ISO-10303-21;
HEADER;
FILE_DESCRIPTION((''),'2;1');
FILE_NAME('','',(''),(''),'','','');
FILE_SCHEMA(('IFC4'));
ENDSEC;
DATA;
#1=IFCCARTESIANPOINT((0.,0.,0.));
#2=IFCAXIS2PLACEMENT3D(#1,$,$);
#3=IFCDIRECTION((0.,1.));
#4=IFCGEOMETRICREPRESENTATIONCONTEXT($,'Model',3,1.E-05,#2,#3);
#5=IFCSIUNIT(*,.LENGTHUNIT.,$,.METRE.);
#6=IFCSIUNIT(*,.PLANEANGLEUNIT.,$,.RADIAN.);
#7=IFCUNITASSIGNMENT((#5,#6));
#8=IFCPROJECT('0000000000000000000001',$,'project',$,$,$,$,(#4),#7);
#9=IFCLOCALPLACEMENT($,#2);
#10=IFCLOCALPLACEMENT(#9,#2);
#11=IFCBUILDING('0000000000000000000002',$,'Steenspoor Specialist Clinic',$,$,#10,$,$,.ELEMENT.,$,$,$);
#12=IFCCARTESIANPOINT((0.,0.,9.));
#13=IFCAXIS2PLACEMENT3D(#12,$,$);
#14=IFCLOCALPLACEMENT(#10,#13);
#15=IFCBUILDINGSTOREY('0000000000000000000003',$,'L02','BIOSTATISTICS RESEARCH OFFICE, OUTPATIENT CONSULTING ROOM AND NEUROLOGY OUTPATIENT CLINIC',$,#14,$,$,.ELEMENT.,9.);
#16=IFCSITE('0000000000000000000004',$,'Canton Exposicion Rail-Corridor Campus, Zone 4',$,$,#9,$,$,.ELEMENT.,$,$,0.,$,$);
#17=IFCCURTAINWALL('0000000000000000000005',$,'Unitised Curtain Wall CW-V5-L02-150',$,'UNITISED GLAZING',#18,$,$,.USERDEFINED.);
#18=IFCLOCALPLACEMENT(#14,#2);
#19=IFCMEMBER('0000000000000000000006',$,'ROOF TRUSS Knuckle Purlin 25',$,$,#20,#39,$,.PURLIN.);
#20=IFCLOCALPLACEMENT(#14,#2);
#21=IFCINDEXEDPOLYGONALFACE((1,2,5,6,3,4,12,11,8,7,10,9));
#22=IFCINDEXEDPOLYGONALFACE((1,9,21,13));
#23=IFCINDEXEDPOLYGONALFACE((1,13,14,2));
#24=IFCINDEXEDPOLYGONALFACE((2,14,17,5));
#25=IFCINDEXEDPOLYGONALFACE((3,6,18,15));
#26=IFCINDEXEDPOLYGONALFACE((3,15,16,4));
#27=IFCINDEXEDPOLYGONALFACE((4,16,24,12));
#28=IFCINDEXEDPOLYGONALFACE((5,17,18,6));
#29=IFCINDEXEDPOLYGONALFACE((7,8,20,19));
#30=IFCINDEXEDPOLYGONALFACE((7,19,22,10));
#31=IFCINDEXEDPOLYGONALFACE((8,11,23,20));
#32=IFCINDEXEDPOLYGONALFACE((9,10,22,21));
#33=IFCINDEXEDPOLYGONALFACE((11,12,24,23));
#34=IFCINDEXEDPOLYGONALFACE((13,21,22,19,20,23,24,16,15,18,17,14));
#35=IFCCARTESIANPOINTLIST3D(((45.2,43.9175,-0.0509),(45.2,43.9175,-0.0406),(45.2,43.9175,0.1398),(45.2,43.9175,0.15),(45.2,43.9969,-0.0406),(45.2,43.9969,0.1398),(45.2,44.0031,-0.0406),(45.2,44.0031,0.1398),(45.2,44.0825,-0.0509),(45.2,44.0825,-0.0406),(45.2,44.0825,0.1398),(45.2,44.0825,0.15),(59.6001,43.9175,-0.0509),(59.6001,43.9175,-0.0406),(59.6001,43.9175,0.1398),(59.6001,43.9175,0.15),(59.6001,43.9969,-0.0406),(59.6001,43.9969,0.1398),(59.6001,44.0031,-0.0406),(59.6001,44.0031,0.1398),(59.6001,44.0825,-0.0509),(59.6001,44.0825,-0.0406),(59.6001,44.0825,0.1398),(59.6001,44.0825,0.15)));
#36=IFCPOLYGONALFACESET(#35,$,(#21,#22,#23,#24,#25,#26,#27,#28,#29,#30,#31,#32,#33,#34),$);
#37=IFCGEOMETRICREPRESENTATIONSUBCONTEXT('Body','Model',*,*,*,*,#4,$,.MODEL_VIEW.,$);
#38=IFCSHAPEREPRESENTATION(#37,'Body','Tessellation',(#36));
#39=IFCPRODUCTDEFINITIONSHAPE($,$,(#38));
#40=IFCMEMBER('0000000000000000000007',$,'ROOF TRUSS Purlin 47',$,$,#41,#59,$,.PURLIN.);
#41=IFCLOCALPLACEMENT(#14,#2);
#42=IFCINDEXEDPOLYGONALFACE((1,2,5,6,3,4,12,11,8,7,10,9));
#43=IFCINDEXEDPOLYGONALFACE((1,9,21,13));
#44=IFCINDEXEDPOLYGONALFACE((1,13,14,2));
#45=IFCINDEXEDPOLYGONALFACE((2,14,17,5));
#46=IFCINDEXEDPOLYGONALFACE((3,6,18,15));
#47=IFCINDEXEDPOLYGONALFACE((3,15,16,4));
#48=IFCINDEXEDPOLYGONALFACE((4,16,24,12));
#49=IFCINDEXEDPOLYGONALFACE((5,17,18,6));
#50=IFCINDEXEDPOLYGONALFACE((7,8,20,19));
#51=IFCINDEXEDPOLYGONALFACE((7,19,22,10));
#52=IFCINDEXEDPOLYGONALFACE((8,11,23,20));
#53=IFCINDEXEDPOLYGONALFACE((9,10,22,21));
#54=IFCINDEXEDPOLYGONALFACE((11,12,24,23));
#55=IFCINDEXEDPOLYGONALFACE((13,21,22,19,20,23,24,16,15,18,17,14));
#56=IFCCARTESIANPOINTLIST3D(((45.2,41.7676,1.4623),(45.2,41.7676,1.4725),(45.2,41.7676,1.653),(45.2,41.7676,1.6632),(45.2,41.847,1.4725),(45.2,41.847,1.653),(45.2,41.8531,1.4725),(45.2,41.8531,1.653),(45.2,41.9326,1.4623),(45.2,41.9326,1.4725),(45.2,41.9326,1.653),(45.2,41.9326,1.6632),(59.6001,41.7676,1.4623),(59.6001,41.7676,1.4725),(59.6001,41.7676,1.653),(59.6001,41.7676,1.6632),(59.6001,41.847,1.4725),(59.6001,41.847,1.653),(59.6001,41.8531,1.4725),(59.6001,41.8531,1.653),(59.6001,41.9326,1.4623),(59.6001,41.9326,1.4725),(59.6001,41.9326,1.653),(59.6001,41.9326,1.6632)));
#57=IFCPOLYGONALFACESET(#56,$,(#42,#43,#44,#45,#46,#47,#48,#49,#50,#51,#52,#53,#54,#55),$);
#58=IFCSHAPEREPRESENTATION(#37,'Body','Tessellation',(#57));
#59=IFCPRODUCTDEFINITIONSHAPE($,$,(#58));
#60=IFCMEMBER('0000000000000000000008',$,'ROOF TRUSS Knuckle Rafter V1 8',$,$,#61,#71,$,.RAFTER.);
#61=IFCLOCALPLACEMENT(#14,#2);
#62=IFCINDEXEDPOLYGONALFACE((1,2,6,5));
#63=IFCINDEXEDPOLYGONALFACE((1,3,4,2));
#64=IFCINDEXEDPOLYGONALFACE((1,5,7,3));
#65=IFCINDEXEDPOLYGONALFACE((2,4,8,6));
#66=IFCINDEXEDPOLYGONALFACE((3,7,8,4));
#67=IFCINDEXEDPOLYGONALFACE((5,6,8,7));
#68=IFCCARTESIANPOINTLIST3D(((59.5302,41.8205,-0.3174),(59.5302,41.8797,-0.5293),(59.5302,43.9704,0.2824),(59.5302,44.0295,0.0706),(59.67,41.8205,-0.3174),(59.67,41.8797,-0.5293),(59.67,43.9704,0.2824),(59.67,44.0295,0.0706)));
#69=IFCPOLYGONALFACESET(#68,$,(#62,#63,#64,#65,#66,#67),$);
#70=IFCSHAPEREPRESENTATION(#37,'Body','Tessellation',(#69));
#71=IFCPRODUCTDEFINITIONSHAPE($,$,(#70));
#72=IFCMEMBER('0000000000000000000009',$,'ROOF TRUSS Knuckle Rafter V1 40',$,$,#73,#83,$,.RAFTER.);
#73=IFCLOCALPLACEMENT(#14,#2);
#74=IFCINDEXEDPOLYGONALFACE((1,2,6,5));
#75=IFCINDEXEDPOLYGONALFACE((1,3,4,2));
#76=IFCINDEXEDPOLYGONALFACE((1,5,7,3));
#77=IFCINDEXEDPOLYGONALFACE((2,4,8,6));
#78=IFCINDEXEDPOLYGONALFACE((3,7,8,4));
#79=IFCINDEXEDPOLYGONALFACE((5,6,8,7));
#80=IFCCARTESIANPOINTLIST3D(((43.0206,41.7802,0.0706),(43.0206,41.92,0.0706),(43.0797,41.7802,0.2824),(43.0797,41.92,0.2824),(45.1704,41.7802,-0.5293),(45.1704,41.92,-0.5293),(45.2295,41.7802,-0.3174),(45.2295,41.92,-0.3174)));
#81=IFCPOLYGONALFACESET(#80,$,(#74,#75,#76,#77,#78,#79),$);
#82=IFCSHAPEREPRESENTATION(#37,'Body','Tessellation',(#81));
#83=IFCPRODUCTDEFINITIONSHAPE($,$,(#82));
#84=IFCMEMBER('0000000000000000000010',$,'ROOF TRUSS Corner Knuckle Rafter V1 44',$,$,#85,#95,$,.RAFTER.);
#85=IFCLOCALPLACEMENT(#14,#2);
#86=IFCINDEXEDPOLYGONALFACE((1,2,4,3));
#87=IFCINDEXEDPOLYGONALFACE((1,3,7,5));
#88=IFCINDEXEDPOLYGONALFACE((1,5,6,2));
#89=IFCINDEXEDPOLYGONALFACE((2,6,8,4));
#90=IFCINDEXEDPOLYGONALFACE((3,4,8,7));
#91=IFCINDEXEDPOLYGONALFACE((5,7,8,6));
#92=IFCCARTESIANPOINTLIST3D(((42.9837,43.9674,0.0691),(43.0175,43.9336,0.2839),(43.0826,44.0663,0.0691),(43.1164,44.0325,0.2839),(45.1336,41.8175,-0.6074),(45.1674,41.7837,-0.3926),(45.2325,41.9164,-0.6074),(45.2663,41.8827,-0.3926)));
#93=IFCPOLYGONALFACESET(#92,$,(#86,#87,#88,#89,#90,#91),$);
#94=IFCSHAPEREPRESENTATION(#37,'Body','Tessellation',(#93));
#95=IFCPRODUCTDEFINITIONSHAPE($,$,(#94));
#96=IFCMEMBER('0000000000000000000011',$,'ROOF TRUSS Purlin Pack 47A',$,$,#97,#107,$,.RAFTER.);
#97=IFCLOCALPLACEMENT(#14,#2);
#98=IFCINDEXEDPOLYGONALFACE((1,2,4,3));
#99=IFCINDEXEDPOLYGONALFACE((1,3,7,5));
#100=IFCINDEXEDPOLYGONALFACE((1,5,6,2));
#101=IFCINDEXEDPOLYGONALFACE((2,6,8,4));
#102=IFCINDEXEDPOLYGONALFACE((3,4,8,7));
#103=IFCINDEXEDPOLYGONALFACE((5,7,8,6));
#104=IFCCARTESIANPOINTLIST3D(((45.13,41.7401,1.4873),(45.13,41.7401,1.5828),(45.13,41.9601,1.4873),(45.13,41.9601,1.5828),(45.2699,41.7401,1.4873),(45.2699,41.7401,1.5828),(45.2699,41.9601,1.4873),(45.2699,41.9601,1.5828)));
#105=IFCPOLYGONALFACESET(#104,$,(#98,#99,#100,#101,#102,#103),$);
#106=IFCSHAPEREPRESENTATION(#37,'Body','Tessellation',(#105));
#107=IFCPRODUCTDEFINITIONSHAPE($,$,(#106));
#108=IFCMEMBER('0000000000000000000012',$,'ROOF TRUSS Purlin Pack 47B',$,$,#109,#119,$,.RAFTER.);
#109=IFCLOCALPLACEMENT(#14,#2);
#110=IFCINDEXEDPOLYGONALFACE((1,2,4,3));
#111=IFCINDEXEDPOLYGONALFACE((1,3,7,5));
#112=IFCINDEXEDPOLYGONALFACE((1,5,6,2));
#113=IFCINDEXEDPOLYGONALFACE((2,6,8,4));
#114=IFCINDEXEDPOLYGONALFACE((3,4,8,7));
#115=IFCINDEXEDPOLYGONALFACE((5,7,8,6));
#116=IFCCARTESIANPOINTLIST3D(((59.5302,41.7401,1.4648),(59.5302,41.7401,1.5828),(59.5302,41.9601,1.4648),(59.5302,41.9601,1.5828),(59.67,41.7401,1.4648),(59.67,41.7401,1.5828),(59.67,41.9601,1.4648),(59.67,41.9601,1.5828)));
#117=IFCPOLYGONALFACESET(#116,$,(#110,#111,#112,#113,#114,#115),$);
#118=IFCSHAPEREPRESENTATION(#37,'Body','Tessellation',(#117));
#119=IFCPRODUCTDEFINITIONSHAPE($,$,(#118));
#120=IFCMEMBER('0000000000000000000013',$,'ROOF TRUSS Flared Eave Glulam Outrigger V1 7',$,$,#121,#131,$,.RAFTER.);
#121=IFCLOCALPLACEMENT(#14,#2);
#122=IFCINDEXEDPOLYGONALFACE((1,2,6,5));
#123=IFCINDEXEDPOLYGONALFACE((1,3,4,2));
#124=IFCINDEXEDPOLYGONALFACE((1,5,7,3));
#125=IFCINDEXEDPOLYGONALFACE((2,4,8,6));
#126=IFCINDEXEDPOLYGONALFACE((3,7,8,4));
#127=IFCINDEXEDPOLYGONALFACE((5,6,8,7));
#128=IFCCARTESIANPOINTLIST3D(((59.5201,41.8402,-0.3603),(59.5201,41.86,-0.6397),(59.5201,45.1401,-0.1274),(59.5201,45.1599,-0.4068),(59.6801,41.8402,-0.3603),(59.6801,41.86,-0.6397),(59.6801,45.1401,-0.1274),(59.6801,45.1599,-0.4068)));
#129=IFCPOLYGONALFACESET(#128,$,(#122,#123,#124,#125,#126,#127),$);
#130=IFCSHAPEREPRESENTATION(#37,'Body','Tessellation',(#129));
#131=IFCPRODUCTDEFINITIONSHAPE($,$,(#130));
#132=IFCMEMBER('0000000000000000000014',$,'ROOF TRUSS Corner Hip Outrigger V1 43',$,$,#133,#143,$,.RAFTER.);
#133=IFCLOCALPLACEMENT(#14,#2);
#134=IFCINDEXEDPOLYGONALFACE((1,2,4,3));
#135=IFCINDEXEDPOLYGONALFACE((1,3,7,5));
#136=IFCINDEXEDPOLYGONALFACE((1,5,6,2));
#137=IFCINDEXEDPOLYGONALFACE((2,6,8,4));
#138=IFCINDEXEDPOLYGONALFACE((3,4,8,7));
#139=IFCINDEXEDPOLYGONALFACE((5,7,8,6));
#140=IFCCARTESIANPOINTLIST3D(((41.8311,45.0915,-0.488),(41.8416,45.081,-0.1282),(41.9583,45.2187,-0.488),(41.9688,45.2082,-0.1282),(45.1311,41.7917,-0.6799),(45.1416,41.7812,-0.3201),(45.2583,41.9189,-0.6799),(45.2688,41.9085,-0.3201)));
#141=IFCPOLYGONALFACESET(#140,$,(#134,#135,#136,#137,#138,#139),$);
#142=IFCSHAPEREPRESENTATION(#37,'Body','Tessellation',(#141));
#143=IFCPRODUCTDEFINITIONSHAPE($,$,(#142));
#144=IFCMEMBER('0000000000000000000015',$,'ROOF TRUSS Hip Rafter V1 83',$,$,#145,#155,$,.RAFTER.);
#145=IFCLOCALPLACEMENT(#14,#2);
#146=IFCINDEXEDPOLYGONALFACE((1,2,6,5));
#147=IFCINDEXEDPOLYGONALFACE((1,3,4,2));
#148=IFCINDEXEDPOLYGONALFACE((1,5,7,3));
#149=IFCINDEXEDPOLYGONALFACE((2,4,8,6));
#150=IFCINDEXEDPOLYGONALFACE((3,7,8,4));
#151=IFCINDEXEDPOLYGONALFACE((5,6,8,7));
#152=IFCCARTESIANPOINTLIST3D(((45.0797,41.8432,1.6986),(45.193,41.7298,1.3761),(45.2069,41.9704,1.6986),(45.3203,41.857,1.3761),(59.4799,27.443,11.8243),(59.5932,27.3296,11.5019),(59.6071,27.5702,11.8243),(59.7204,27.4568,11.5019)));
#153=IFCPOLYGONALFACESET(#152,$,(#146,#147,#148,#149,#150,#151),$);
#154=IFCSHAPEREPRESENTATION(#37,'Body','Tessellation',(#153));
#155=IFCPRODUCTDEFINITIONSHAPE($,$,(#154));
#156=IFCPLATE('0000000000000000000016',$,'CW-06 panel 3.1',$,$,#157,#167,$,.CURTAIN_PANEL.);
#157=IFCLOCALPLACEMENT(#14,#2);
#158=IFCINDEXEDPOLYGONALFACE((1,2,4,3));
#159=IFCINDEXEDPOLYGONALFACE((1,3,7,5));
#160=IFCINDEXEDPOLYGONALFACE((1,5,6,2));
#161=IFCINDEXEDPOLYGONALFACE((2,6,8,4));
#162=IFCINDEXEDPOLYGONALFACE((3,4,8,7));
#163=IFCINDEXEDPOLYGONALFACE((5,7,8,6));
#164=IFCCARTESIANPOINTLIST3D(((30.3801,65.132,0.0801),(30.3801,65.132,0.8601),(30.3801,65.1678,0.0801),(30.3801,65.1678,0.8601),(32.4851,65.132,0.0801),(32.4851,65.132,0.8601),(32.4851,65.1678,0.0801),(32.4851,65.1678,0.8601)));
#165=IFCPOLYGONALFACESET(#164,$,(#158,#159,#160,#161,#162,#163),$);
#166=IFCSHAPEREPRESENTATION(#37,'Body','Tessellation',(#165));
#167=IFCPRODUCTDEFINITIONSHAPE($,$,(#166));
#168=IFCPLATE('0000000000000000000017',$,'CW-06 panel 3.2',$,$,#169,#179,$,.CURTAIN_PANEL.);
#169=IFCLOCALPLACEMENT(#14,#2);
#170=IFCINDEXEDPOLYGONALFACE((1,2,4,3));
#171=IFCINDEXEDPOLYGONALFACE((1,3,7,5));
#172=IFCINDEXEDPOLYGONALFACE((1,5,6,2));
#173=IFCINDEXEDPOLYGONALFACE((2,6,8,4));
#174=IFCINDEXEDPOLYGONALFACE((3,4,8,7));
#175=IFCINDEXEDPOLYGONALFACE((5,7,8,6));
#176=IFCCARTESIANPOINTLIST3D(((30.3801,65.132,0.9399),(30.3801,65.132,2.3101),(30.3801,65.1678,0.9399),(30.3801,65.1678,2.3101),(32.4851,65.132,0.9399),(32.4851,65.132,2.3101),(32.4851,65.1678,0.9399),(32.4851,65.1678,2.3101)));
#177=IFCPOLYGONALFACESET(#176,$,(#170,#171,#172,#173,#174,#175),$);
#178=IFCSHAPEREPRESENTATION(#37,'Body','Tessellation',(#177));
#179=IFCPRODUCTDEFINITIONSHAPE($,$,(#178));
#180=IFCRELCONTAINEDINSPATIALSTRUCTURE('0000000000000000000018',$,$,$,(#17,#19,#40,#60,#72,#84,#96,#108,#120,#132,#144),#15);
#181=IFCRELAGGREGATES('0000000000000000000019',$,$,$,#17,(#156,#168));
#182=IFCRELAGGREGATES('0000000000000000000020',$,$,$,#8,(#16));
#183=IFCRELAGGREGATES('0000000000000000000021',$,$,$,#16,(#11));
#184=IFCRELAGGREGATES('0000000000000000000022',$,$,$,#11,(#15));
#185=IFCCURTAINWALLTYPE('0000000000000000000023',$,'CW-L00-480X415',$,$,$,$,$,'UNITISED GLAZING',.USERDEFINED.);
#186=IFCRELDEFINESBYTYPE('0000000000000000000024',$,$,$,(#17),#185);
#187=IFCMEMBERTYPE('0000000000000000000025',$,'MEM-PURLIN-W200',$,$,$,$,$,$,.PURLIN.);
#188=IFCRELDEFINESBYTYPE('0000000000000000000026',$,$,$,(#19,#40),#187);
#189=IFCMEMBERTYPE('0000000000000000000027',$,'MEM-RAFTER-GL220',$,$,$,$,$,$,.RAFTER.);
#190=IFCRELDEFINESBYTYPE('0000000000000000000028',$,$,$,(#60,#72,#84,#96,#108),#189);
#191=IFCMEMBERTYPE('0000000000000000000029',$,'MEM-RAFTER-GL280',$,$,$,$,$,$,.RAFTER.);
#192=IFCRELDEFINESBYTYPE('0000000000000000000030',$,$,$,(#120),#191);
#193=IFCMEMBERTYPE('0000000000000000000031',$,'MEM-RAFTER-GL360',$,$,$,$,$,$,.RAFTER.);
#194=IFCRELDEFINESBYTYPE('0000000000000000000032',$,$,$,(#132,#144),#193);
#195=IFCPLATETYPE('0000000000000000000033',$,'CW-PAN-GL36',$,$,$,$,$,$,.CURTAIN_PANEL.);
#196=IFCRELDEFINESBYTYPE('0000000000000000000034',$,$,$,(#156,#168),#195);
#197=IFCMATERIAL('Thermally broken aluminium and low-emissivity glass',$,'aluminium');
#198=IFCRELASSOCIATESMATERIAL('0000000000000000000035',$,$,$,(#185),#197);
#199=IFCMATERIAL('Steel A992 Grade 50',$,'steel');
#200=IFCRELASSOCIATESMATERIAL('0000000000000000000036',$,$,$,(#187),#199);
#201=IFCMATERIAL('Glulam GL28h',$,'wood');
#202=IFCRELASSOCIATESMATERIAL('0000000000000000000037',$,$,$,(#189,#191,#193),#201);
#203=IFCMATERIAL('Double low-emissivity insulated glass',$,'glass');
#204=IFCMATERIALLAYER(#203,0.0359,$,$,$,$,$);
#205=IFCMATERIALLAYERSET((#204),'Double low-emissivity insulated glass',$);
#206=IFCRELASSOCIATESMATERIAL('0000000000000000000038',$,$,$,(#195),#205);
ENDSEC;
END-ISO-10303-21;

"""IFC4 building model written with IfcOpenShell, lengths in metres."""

from ifc_helpers import new_model, si_unit, direction, frame, origin, origin_2d, place, context, subcontext, project, spatial, rectangle, i_section, extrude, material, layer, layer_set, material_profile, profile_set, type_object, element, aggregate, save


model = new_model("IFC4")

# Units and contexts
model_context = context("Model", 3, precision=1e-05, world=origin(), true_north=direction((0.0, 1.0)))
body_context = subcontext(model_context, "Body", "Model", "MODEL_VIEW")
ifc_project = project(units=[si_unit("LENGTHUNIT", "METRE"), si_unit("PLANEANGLEUNIT", "RADIAN")], contexts=[model_context])

# Site, building, storey
site_placement = place(None, origin())
site = spatial("IfcSite", under=ifc_project, at=site_placement, Name="Canton Exposicion Rail-Corridor Campus, Zone 4", CompositionType="ELEMENT", RefElevation=0.0)
building_placement = place(site_placement, origin())
building = spatial("IfcBuilding", under=site, at=building_placement, Name="Steenspoor Specialist Clinic", CompositionType="ELEMENT")
storey_placement = place(building_placement, frame((0.0, 0.0, 9.0)))
storey = spatial("IfcBuildingStorey", under=building, at=storey_placement, Name="L02", Description="BIOSTATISTICS RESEARCH OFFICE, OUTPATIENT CONSULTING ROOM AND NEUROLOGY OUTPATIENT CLINIC", CompositionType="ELEMENT", Elevation=9.0)

# Curtain wall
ifc_material_1 = material(Name="Thermally broken aluminium and low-emissivity glass", Category="aluminium")
curtain_wall_type = type_object("IfcCurtainWallType", Name="CW-L00-480X415", ElementType="UNITISED GLAZING", PredefinedType="USERDEFINED", material=ifc_material_1)
curtain_wall_placement = place(storey_placement, origin())
curtain_wall = element("IfcCurtainWall", 1, at=curtain_wall_placement, inside=storey, type_object=curtain_wall_type, Name="Unitised Curtain Wall CW-V5-L02-150", ObjectType="UNITISED GLAZING", PredefinedType="USERDEFINED")

# Members
ifc_material_2 = material(Name="Steel A992 Grade 50", Category="steel")
ifc_material_profile_1 = material_profile(ifc_material_2, i_section(OverallWidth=0.165, OverallDepth=0.2009, WebThickness=0.0061, FlangeThickness=0.0103, at=origin_2d()), Name="W200X36")
ifc_profile_set_1 = profile_set([ifc_material_profile_1], Name="Steel A992 Grade 50")
member_type_1 = type_object("IfcMemberType", Name="MEM-PURLIN-W200", PredefinedType="PURLIN", material=ifc_profile_set_1)
for number, where, z_axis, x_axis, name in (
    (2, (45.2, 44.0, 0.0496), (1.0, 0.0, 0.0), (0.0, 1.0, 0.0), "ROOF TRUSS Knuckle Purlin 25"),
    (3, (45.2, 41.8501, 1.5627), (1.0, 0.0, 0.0), (0.0, 1.0, 0.0), "ROOF TRUSS Purlin 47"),
):
    element("IfcMember", number, at=place(storey_placement, frame(where, z_axis=z_axis, x_axis=x_axis)), inside=storey, type_object=member_type_1, Name=name, PredefinedType="PURLIN", context=body_context, shape_type="SweptSolid", body=[
        extrude(i_section(OverallWidth=0.165, OverallDepth=0.2009, WebThickness=0.0061, FlangeThickness=0.0103, at=origin_2d()), origin(), (0.0, 0.0, 1.0), 14.4001),
    ])
ifc_material_3 = material(Name="Glulam GL28h", Category="wood")
ifc_material_profile_2 = material_profile(ifc_material_3, rectangle(XDim=0.1399, YDim=0.22, at=origin_2d()), Name="GL28H-140X220")
ifc_profile_set_2 = profile_set([ifc_material_profile_2], Name="Glulam GL28h")
member_type_2 = type_object("IfcMemberType", Name="MEM-RAFTER-GL220", PredefinedType="RAFTER", material=ifc_profile_set_2)
for number, where, z_axis, x_axis, name in (
    (4, (59.6001, 41.8501, -0.4233), (0.0, 0.96321, 0.268749), (-1.0, 0.0, 0.0), "ROOF TRUSS Knuckle Rafter V1 8"),
    (5, (45.2, 41.8501, -0.4233), (-0.96321, 0.0, 0.268749), (0.0, -1.0, 0.0), "ROOF TRUSS Knuckle Rafter V1 40"),
):
    element("IfcMember", number, at=place(storey_placement, frame(where, z_axis=z_axis, x_axis=x_axis)), inside=storey, type_object=member_type_2, Name=name, PredefinedType="RAFTER", context=body_context, shape_type="SweptSolid", body=[
        extrude(rectangle(XDim=0.1399, YDim=0.22, at=origin_2d()), origin(), (0.0, 0.0, 1.0), 2.2319),
    ])
member_1_placement = place(storey_placement, frame((45.2, 41.8501, -0.5), z_axis=(-0.690227, 0.690227, 0.217195), x_axis=(-0.707107, -0.707107, 0.0)))
element("IfcMember", 6, at=member_1_placement, inside=storey, type_object=member_type_2, Name="ROOF TRUSS Corner Knuckle Rafter V1 44", PredefinedType="RAFTER", context=body_context, shape_type="SweptSolid", body=[
    extrude(rectangle(XDim=0.1399, YDim=0.22, at=origin_2d()), origin(), (0.0, 0.0, 1.0), 3.1147),
])
member_2_placement = place(storey_placement, frame((45.2, 41.8501, 1.4873), z_axis=(0.0, 0.0, 1.0), x_axis=(1.0, 0.0, 0.0)))
element("IfcMember", 7, at=member_2_placement, inside=storey, type_object=member_type_2, Name="ROOF TRUSS Purlin Pack 47A", PredefinedType="RAFTER", context=body_context, shape_type="SweptSolid", body=[
    extrude(rectangle(XDim=0.1399, YDim=0.22, at=origin_2d()), origin(), (0.0, 0.0, 1.0), 0.0955),
])
member_3_placement = place(storey_placement, frame((59.6001, 41.8501, 1.4648), z_axis=(0.0, 0.0, 1.0), x_axis=(1.0, 0.0, 0.0)))
element("IfcMember", 8, at=member_3_placement, inside=storey, type_object=member_type_2, Name="ROOF TRUSS Purlin Pack 47B", PredefinedType="RAFTER", context=body_context, shape_type="SweptSolid", body=[
    extrude(rectangle(XDim=0.1399, YDim=0.22, at=origin_2d()), origin(), (0.0, 0.0, 1.0), 0.1179),
])
ifc_material_profile_3 = material_profile(ifc_material_3, rectangle(XDim=0.1599, YDim=0.28, at=origin_2d()), Name="GL28H-160X280")
ifc_profile_set_3 = profile_set([ifc_material_profile_3], Name="Glulam GL28h")
member_type_3 = type_object("IfcMemberType", Name="MEM-RAFTER-GL280", PredefinedType="RAFTER", material=ifc_profile_set_3)
member_4_placement = place(storey_placement, frame((59.6001, 41.8501, -0.5), z_axis=(0.0, 0.997518, 0.070408), x_axis=(-1.0, 0.0, 0.0)))
element("IfcMember", 9, at=member_4_placement, inside=storey, type_object=member_type_3, Name="ROOF TRUSS Flared Eave Glulam Outrigger V1 7", PredefinedType="RAFTER", context=body_context, shape_type="SweptSolid", body=[
    extrude(rectangle(XDim=0.1599, YDim=0.28, at=origin_2d()), origin(), (0.0, 0.0, 1.0), 3.3081),
])
ifc_material_profile_4 = material_profile(ifc_material_3, rectangle(XDim=0.1799, YDim=0.3601, at=origin_2d()), Name="GL28H-180X360")
ifc_profile_set_4 = profile_set([ifc_material_profile_4], Name="Glulam GL28h")
member_type_4 = type_object("IfcMemberType", Name="MEM-RAFTER-GL360", PredefinedType="RAFTER", material=ifc_profile_set_4)
member_5_placement = place(storey_placement, frame((45.2, 41.8501, -0.5), z_axis=(-0.706536, 0.706484, 0.041084), x_axis=(-0.707081, -0.707133, 0.0)))
element("IfcMember", 10, at=member_5_placement, inside=storey, type_object=member_type_4, Name="ROOF TRUSS Corner Hip Outrigger V1 43", PredefinedType="RAFTER", context=body_context, shape_type="SweptSolid", body=[
    extrude(rectangle(XDim=0.1799, YDim=0.3601, at=origin_2d()), origin(), (0.0, 0.0, 1.0), 4.6707),
])
member_6_placement = place(storey_placement, frame((45.2, 41.8501, 1.5374), z_axis=(0.633159, -0.633159, 0.445218), x_axis=(0.707107, 0.707107, 0.0)))
element("IfcMember", 11, at=member_6_placement, inside=storey, type_object=member_type_4, Name="ROOF TRUSS Hip Rafter V1 83", PredefinedType="RAFTER", context=body_context, shape_type="SweptSolid", body=[
    extrude(rectangle(XDim=0.1799, YDim=0.3601, at=origin_2d()), origin(), (0.0, 0.0, 1.0), 22.7434),
])

# Plates
ifc_material_4 = material(Name="Double low-emissivity insulated glass", Category="glass")
ifc_layer_1 = layer(ifc_material_4, 0.0359)
ifc_layer_set_1 = layer_set([ifc_layer_1], Name="Double low-emissivity insulated glass")
plate_type = type_object("IfcPlateType", Name="CW-PAN-GL36", PredefinedType="CURTAIN_PANEL", material=ifc_layer_set_1)
plate_1_placement = place(storey_placement, frame((31.4326, 65.1499, 0.0801), z_axis=(0.0, 0.0, 1.0), x_axis=(-1.0, 0.0, 0.0)))
plate_1 = element("IfcPlate", 12, at=plate_1_placement, type_object=plate_type, Name="CW-06 panel 3.1", PredefinedType="CURTAIN_PANEL", context=body_context, shape_type="SweptSolid", body=[
    extrude(rectangle(XDim=2.105, YDim=0.0359, at=origin_2d()), origin(), (0.0, 0.0, 1.0), 0.78),
])
plate_2_placement = place(storey_placement, frame((31.4326, 65.1499, 0.9399), z_axis=(0.0, 0.0, 1.0), x_axis=(-1.0, 0.0, 0.0)))
plate_2 = element("IfcPlate", 13, at=plate_2_placement, type_object=plate_type, Name="CW-06 panel 3.2", PredefinedType="CURTAIN_PANEL", context=body_context, shape_type="SweptSolid", body=[
    extrude(rectangle(XDim=2.105, YDim=0.0359, at=origin_2d()), origin(), (0.0, 0.0, 1.0), 1.3701),
])
aggregate(curtain_wall, [plate_1, plate_2])

save(model, "model.ifc")
